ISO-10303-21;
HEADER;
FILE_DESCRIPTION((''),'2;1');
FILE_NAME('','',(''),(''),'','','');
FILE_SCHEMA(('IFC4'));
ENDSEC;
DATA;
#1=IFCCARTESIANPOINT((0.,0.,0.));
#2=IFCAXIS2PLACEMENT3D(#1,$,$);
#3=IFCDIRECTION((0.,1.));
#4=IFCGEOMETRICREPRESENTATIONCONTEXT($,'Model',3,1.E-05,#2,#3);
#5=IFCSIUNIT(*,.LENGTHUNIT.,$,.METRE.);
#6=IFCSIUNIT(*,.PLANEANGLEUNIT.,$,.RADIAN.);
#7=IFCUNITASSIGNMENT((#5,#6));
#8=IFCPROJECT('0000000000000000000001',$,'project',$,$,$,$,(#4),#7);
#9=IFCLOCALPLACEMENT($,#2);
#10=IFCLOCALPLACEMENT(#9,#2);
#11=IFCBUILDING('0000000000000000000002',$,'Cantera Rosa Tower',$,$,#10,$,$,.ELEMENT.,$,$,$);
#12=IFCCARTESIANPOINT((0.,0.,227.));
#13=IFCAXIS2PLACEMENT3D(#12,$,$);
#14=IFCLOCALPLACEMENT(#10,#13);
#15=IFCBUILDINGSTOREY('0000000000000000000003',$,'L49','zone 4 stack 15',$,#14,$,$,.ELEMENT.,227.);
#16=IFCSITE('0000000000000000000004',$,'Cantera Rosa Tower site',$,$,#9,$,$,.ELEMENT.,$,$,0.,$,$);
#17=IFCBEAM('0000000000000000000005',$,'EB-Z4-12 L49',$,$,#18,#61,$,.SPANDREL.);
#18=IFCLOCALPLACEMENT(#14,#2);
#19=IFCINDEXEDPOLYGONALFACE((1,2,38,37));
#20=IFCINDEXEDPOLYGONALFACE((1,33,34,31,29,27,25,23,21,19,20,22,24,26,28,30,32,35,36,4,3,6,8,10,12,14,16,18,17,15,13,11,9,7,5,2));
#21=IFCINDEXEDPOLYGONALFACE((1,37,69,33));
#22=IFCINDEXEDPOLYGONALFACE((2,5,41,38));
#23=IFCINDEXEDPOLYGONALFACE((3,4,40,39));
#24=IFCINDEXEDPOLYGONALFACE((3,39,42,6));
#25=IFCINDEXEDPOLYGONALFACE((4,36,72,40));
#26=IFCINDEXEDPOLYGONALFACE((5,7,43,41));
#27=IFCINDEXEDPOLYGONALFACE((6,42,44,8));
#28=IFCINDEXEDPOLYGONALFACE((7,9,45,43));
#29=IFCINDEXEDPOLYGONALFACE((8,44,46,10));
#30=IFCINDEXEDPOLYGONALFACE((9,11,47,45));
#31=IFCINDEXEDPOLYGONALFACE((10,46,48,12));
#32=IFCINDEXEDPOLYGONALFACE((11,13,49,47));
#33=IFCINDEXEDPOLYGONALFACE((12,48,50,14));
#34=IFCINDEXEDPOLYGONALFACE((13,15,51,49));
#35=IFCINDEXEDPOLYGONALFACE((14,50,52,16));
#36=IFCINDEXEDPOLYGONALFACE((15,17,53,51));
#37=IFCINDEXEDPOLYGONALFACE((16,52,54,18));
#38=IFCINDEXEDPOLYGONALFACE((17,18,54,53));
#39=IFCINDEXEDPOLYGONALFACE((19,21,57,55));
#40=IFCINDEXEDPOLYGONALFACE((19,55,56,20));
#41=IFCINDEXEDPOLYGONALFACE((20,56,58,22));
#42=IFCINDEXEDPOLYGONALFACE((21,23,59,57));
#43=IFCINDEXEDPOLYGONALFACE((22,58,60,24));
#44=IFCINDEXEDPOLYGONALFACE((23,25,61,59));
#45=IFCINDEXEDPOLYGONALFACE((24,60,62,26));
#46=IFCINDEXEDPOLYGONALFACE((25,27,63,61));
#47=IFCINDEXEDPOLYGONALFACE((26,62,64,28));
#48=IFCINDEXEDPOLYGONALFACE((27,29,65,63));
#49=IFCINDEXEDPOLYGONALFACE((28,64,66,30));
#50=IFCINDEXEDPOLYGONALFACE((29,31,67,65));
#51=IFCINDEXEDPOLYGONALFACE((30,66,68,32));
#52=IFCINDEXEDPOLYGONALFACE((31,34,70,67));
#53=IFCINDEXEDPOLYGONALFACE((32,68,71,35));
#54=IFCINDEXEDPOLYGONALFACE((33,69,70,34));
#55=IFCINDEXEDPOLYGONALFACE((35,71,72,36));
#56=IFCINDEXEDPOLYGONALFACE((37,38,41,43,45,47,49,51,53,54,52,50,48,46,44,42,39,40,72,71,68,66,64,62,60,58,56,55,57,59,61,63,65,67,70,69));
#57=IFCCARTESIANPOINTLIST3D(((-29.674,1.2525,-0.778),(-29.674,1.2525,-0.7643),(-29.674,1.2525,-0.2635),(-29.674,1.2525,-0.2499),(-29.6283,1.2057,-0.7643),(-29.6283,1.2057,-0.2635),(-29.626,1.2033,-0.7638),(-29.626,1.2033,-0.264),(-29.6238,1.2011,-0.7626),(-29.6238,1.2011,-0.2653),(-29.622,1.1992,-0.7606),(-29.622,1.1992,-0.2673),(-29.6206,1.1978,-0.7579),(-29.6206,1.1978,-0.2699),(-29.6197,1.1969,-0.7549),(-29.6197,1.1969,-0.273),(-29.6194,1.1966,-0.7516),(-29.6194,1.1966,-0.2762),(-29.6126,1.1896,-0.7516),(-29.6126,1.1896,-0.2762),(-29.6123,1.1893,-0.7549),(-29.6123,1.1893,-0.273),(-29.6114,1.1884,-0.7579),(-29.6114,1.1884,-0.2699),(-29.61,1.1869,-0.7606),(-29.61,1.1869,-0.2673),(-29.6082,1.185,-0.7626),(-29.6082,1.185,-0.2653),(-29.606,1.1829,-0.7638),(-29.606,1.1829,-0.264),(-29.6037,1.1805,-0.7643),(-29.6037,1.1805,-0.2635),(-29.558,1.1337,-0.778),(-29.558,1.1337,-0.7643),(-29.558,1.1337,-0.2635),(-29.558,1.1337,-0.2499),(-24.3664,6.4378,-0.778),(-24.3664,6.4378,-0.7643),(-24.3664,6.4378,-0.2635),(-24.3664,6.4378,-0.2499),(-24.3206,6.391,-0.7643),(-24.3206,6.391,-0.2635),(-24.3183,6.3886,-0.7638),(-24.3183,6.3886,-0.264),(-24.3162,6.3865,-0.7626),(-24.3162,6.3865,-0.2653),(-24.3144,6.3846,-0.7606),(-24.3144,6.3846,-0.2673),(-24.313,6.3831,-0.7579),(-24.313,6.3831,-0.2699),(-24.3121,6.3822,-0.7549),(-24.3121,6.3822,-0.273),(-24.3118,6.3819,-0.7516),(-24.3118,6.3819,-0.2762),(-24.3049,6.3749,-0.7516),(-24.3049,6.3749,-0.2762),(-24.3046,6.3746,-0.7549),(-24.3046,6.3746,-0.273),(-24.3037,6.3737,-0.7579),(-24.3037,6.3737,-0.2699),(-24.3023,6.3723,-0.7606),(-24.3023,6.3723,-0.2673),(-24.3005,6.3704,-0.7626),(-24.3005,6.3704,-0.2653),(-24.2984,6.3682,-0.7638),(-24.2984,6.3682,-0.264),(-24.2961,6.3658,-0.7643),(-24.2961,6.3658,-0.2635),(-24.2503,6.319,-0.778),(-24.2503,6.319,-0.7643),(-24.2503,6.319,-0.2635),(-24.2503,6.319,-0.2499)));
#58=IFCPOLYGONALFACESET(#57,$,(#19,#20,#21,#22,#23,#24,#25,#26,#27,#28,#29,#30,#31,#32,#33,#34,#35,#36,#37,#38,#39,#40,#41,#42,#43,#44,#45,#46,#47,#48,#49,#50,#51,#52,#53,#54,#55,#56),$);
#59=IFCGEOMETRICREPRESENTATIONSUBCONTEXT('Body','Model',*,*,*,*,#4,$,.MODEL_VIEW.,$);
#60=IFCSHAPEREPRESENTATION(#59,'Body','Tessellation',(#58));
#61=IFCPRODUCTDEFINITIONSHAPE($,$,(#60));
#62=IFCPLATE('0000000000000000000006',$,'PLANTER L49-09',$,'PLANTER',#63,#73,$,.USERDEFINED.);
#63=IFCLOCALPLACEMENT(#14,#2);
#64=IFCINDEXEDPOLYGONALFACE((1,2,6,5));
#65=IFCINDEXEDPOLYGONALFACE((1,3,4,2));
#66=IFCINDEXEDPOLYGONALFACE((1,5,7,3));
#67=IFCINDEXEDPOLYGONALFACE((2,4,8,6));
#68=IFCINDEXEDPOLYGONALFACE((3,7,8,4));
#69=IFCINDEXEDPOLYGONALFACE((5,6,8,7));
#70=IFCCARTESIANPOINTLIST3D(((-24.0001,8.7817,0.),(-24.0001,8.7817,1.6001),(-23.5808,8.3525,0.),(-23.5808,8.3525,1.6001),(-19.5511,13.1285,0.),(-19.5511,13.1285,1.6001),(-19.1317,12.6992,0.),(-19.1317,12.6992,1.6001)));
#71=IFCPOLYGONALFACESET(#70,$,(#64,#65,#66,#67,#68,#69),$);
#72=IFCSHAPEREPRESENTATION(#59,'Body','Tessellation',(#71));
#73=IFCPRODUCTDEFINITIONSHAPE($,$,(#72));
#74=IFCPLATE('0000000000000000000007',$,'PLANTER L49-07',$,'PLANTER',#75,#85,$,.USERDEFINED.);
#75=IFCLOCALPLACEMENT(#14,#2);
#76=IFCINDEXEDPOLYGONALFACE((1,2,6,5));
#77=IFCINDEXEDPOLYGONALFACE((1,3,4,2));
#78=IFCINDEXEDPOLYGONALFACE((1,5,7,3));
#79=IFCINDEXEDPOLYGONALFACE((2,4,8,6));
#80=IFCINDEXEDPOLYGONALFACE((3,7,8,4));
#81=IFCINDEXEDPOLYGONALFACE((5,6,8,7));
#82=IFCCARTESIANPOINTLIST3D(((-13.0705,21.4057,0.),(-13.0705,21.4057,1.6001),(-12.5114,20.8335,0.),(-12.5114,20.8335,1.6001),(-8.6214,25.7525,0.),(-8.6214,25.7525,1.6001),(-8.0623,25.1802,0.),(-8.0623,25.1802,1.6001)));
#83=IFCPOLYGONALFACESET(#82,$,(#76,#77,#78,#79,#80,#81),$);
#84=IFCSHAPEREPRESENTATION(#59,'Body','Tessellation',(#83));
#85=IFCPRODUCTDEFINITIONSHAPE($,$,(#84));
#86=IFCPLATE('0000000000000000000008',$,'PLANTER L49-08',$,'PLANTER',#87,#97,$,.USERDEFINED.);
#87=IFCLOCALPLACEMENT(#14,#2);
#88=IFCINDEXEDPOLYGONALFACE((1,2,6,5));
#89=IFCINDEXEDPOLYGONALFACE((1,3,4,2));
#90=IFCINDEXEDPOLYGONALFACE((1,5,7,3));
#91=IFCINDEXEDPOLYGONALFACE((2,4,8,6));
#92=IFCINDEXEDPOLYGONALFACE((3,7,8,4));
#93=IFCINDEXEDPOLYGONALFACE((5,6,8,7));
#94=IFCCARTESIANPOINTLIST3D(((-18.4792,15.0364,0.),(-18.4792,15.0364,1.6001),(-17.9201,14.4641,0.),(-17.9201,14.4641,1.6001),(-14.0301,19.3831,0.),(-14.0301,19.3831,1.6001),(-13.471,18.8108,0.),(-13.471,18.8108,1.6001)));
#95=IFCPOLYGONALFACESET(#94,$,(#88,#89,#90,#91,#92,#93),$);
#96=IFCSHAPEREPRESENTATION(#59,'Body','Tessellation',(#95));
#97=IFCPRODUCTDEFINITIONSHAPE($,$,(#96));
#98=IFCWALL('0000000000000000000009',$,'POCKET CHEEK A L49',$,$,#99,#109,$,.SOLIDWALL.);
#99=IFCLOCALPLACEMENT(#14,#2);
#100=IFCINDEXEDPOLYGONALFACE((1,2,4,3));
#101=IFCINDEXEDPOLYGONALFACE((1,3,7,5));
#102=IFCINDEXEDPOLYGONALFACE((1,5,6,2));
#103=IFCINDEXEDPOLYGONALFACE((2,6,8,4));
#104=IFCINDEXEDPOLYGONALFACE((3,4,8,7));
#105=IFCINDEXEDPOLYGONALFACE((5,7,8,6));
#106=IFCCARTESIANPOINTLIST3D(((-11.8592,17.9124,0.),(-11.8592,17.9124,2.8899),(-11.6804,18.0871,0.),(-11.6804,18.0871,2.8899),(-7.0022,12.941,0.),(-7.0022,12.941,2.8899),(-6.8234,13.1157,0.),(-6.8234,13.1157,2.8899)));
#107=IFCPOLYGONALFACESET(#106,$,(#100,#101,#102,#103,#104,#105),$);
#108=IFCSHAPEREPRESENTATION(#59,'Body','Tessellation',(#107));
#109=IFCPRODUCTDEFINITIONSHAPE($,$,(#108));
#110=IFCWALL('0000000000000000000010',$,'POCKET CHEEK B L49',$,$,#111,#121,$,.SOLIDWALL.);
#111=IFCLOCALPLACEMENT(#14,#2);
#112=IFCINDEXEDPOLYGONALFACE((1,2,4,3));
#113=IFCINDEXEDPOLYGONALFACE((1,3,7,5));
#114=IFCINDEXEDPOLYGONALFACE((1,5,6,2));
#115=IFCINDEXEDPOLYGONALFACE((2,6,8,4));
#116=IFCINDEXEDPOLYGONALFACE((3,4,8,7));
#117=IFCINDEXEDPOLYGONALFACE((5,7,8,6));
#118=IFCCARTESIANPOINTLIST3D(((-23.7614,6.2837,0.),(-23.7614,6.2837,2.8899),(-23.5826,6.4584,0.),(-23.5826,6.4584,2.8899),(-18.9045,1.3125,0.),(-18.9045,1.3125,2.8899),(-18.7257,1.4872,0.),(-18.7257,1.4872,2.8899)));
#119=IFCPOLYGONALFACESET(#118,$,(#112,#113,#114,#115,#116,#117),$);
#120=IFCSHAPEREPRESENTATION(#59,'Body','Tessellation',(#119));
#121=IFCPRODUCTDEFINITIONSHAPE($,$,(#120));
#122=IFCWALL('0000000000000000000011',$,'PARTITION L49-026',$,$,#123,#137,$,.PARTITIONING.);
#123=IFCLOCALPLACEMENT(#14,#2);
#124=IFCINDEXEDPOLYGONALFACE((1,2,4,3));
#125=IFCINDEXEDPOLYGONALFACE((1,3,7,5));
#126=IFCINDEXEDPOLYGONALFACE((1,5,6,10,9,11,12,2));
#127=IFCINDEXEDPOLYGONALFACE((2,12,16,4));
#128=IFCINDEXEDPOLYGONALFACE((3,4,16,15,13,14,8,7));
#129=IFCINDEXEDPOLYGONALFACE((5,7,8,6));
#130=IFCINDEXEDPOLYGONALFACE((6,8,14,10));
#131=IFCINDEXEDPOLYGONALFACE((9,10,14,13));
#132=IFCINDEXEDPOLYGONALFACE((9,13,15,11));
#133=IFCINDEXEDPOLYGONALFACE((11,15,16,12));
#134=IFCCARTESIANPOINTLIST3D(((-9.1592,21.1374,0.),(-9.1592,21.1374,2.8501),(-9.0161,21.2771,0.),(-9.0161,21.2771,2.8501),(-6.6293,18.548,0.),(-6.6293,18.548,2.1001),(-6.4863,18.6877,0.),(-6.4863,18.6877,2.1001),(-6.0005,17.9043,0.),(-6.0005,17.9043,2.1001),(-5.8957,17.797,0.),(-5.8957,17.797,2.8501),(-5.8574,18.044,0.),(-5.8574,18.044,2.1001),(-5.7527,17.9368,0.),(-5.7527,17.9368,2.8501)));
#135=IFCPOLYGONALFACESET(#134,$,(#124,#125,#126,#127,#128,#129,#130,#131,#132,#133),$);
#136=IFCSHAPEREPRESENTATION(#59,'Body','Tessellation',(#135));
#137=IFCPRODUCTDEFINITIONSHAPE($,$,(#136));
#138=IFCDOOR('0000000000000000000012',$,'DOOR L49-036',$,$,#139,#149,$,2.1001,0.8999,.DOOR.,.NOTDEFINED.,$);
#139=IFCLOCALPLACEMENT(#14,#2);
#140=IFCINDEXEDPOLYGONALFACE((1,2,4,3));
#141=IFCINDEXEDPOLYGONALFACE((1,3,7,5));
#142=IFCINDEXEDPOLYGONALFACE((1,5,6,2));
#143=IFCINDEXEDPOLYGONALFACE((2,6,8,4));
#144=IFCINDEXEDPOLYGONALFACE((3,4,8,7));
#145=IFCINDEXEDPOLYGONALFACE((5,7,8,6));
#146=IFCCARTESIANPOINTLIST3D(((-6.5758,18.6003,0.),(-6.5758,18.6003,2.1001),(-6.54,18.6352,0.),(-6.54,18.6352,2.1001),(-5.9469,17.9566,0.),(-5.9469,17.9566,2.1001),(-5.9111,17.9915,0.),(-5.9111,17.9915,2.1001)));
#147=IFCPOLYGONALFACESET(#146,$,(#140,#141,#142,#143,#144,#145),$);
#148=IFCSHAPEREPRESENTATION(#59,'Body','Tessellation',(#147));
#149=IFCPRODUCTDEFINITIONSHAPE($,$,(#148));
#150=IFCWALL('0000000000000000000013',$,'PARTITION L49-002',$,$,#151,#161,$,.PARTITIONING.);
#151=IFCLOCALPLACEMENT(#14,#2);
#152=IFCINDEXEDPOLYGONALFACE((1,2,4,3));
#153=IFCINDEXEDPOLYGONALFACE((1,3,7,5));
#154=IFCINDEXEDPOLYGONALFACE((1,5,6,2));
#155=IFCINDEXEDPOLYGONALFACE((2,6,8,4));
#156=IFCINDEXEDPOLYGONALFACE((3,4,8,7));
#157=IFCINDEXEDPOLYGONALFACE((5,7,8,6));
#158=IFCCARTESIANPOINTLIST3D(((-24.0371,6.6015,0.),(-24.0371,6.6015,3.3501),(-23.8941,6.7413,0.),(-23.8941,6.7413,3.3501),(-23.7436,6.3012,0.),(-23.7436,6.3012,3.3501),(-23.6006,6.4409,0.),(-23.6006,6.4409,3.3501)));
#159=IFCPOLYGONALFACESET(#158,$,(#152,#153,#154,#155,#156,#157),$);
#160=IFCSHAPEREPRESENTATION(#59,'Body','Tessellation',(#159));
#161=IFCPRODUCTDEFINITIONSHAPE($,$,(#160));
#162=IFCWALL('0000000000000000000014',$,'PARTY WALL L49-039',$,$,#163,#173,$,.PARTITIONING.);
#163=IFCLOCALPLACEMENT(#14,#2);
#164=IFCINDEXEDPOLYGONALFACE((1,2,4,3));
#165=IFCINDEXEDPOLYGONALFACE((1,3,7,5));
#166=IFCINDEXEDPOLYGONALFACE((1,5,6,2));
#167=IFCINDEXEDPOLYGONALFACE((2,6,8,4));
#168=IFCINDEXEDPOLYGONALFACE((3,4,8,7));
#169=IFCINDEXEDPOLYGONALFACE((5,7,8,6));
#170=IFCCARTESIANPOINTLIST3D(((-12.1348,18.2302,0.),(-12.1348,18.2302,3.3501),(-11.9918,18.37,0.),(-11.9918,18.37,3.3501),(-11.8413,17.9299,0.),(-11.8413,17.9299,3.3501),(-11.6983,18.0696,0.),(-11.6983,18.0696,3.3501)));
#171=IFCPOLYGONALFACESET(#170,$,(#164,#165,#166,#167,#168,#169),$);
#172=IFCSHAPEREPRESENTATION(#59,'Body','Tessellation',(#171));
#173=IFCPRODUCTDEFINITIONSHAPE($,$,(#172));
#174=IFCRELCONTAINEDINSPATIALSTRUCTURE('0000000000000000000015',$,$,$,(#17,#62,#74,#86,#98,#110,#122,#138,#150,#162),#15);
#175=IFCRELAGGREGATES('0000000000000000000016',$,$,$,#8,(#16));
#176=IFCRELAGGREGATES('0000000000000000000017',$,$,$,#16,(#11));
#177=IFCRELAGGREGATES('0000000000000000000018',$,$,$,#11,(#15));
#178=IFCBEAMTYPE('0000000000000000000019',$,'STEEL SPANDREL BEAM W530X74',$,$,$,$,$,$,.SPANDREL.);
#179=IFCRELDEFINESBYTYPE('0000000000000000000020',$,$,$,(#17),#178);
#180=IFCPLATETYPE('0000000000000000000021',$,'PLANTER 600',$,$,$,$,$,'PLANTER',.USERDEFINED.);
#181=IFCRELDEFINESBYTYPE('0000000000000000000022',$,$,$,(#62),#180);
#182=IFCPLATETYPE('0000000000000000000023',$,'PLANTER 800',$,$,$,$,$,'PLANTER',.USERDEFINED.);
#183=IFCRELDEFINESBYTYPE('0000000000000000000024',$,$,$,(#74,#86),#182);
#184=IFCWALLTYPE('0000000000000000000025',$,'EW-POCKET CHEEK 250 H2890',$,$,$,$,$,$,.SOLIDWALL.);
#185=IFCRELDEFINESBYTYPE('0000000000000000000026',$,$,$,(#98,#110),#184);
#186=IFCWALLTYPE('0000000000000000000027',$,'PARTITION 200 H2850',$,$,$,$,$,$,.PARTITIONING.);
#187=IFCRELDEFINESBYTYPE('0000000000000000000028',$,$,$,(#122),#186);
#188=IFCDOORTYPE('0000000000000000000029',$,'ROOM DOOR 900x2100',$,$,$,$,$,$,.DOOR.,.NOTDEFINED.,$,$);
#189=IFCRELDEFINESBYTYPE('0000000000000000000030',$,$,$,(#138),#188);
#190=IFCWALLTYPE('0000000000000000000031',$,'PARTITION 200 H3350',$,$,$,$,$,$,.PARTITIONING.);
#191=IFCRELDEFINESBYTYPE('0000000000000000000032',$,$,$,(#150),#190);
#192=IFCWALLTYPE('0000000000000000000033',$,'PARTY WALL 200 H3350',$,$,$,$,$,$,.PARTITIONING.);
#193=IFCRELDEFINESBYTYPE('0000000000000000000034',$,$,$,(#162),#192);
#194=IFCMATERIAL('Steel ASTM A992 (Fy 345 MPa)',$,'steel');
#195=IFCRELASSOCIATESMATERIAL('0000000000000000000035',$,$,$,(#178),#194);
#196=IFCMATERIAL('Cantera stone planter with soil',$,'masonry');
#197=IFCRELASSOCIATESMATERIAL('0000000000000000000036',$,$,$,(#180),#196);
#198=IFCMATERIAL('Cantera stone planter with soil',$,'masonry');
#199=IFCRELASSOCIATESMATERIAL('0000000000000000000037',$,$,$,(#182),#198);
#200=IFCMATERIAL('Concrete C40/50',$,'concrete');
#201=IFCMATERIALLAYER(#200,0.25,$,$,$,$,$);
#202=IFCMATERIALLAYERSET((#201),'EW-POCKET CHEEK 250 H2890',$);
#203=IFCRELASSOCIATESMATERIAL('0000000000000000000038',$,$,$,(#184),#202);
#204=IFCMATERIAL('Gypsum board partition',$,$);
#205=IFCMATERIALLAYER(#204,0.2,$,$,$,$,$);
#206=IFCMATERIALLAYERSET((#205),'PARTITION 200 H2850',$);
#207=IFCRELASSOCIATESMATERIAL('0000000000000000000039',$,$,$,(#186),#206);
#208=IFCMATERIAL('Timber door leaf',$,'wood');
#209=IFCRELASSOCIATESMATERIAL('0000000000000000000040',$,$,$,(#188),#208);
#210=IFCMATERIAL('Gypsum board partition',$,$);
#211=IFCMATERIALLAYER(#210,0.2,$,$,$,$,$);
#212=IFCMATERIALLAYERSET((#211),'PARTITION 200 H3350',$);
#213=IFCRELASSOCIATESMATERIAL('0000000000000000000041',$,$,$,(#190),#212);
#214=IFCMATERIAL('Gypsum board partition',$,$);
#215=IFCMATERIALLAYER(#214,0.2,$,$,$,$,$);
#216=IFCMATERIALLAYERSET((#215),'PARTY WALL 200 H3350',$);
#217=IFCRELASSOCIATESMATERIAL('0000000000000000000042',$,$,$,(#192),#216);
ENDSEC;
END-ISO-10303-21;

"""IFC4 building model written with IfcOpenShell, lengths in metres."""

from ifc_helpers import new_model, si_unit, direction, frame, frame_2d, origin, origin_2d, place, context, subcontext, project, spatial, rectangle, i_section, extrude, material, layer, layer_set, material_profile, profile_set, type_object, element, fill, save


model = new_model("IFC4")

# Units and contexts
model_context = context("Model", 3, precision=1e-05, world=origin(), true_north=direction((0.0, 1.0)))
body_context = subcontext(model_context, "Body", "Model", "MODEL_VIEW")
ifc_project = project(units=[si_unit("LENGTHUNIT", "METRE"), si_unit("PLANEANGLEUNIT", "RADIAN")], contexts=[model_context])

# Site, building, storey
site_placement = place(None, origin())
site = spatial("IfcSite", under=ifc_project, at=site_placement, Name="Cantera Rosa Tower site", CompositionType="ELEMENT", RefElevation=0.0)
building_placement = place(site_placement, origin())
building = spatial("IfcBuilding", under=site, at=building_placement, Name="Cantera Rosa Tower", CompositionType="ELEMENT")
storey_placement = place(building_placement, frame((0.0, 0.0, 227.0)))
storey = spatial("IfcBuildingStorey", under=building, at=storey_placement, Name="L49", Description="zone 4 stack 15", CompositionType="ELEMENT", Elevation=227.0)

# Beam
ifc_material_1 = material(Name="Steel ASTM A992 (Fy 345 MPa)", Category="steel")
ifc_material_profile_1 = material_profile(ifc_material_1, i_section(OverallWidth=0.166, OverallDepth=0.5281, WebThickness=0.0098, FlangeThickness=0.0137, FilletRadius=0.0127, at=origin_2d()), Name="W530X74")
ifc_profile_set_1 = profile_set([ifc_material_profile_1], Name="Steel ASTM A992 (Fy 345 MPa)")
beam_type_1 = type_object("IfcBeamType", Name="STEEL SPANDREL BEAM W530X74", PredefinedType="SPANDREL", material=ifc_profile_set_1)
for number, where, z_axis, x_axis, name in (
    (1, (-24.3083, 6.3784, -0.5139), (-0.715301, -0.698817, 0.0), (0.698817, -0.715301, 0.0), "EB-Z4-12 L49"),
):
    element("IfcBeam", number, at=place(storey_placement, frame(where, z_axis=z_axis, x_axis=x_axis)), inside=storey, type_object=beam_type_1, Name=name, PredefinedType="SPANDREL", context=body_context, shape_type="SweptSolid", body=[
        extrude(i_section(OverallWidth=0.166, OverallDepth=0.5281, WebThickness=0.0098, FlangeThickness=0.0137, FilletRadius=0.0127, at=origin_2d()), origin(), (0.0, 0.0, 1.0), 7.4202),
    ])

# Plates
ifc_material_2 = material(Name="Cantera stone planter with soil", Category="masonry")
plate_type_1 = type_object("IfcPlateType", Name="PLANTER 600", ElementType="PLANTER", PredefinedType="USERDEFINED", material=ifc_material_2)
plate_placement = place(storey_placement, frame((-21.5659, 10.7405, 0.0), z_axis=(0.0, 0.0, 1.0), x_axis=(-0.715286, -0.698832, 0.0)))
element("IfcPlate", 2, at=plate_placement, inside=storey, type_object=plate_type_1, Name="PLANTER L49-09", ObjectType="PLANTER", PredefinedType="USERDEFINED", context=body_context, shape_type="SweptSolid", body=[
    extrude(rectangle(XDim=6.22, YDim=0.6001, at=origin_2d()), origin(), (0.0, 0.0, 1.0), 1.6001),
])
ifc_material_3 = material(Name="Cantera stone planter with soil", Category="masonry")
plate_type_2 = type_object("IfcPlateType", Name="PLANTER 800", ElementType="PLANTER", PredefinedType="USERDEFINED", material=ifc_material_3)
for number, where, z_axis, x_axis, name in (
    (3, (-10.5664, 23.293, 0.0), (0.0, 0.0, 1.0), (-0.715286, -0.698832, 0.0), "PLANTER L49-07"),
    (4, (-15.9751, 16.9236, 0.0), (0.0, 0.0, 1.0), (-0.715286, -0.698832, 0.0), "PLANTER L49-08"),
):
    element("IfcPlate", number, at=place(storey_placement, frame(where, z_axis=z_axis, x_axis=x_axis)), inside=storey, type_object=plate_type_2, Name=name, ObjectType="PLANTER", PredefinedType="USERDEFINED", context=body_context, shape_type="SweptSolid", body=[
        extrude(rectangle(XDim=6.22, YDim=0.8, at=origin_2d()), origin(), (0.0, 0.0, 1.0), 1.6001),
    ])

# Walls
ifc_material_4 = material(Name="Concrete C40/50", Category="concrete")
ifc_layer_1 = layer(ifc_material_4, 0.25)
ifc_layer_set_1 = layer_set([ifc_layer_1], Name="EW-POCKET CHEEK 250 H2890")
wall_type_1 = type_object("IfcWallType", Name="EW-POCKET CHEEK 250 H2890", PredefinedType="SOLIDWALL", material=ifc_layer_set_1)
wall_1_placement = place(storey_placement, frame((-11.7698, 17.9998, 0.0), z_axis=(0.0, 0.0, 1.0), x_axis=(0.698821, -0.715296, 0.0)))
element("IfcWall", 5, at=wall_1_placement, inside=storey, type_object=wall_type_1, Name="POCKET CHEEK A L49", PredefinedType="SOLIDWALL", context=body_context, shape_type="SweptSolid", body=[
    extrude(rectangle(XDim=6.9502, YDim=0.25, at=frame_2d((3.4751, 0.0))), origin(), (0.0, 0.0, 1.0), 2.8899),
])
wall_2_placement = place(storey_placement, frame((-23.6721, 6.3711, 0.0), z_axis=(0.0, 0.0, 1.0), x_axis=(0.698839, -0.715279, 0.0)))
element("IfcWall", 6, at=wall_2_placement, inside=storey, type_object=wall_type_1, Name="POCKET CHEEK B L49", PredefinedType="SOLIDWALL", context=body_context, shape_type="SweptSolid", body=[
    extrude(rectangle(XDim=6.95, YDim=0.25, at=frame_2d((3.4751, 0.0))), origin(), (0.0, 0.0, 1.0), 2.8899),
])

# Wall, opening, door
ifc_material_5 = material(Name="Gypsum board partition")
ifc_layer_2 = layer(ifc_material_5, 0.2)
ifc_layer_set_2 = layer_set([ifc_layer_2], Name="PARTITION 200 H2850")
wall_type_2 = type_object("IfcWallType", Name="PARTITION 200 H2850", PredefinedType="PARTITIONING", material=ifc_layer_set_2)
wall_3_placement = place(storey_placement, frame((-9.0876, 21.2073, 0.0), z_axis=(0.0, 0.0, 1.0), x_axis=(0.698825, -0.715293, 0.0)))
wall_3 = element("IfcWall", 7, at=wall_3_placement, inside=storey, type_object=wall_type_2, Name="PARTITION L49-026", PredefinedType="PARTITIONING", context=body_context, shape_type="SweptSolid", body=[
    extrude(rectangle(XDim=4.6699, YDim=0.2, at=frame_2d((2.335, 0.0))), origin(), (0.0, 0.0, 1.0), 2.8501),
])
opening_1_placement = place(wall_3_placement, frame((3.6201, 0.0, 0.0)))
opening_1 = element("IfcOpeningElement", 8, at=opening_1_placement, cuts=wall_3, PredefinedType="OPENING", context=body_context, shape_type="SweptSolid", body=[
    extrude(rectangle(XDim=0.8999, YDim=2.1001, at=frame_2d((0.45, 1.05))), frame((0.0, 0.1099, 0.0), z_axis=(0.0, -1.0, 0.0), x_axis=(1.0, 0.0, 0.0)), (0.0, 0.0, 1.0), 0.22),
])
ifc_material_6 = material(Name="Timber door leaf", Category="wood")
door_type_1 = type_object("IfcDoorType", Name="ROOM DOOR 900x2100", OperationType="NOTDEFINED", PredefinedType="DOOR", material=ifc_material_6)
door_1_placement = place(opening_1_placement, origin())
door_1 = element("IfcDoor", 9, at=door_1_placement, inside=storey, type_object=door_type_1, Name="DOOR L49-036", OperationType="NOTDEFINED", OverallHeight=2.1001, OverallWidth=0.8999, PredefinedType="DOOR", context=body_context, shape_type="SweptSolid", body=[
    extrude(rectangle(XDim=0.8999, YDim=2.1001, at=frame_2d((0.45, 1.05))), frame((0.0, 0.0249, 0.0), z_axis=(0.0, -1.0, 0.0), x_axis=(1.0, 0.0, 0.0)), (0.0, 0.0, 1.0), 0.05),
])
fill(opening_1, door_1)

# Walls
ifc_material_7 = material(Name="Gypsum board partition")
ifc_layer_3 = layer(ifc_material_7, 0.2)
ifc_layer_set_3 = layer_set([ifc_layer_3], Name="PARTITION 200 H3350")
wall_type_3 = type_object("IfcWallType", Name="PARTITION 200 H3350", PredefinedType="PARTITIONING", material=ifc_layer_set_3)
wall_4_placement = place(storey_placement, frame((-23.9656, 6.6714, 0.0), z_axis=(0.0, 0.0, 1.0), x_axis=(0.698919, -0.7152, 0.0)))
element("IfcWall", 10, at=wall_4_placement, inside=storey, type_object=wall_type_3, Name="PARTITION L49-002", PredefinedType="PARTITIONING", context=body_context, shape_type="SweptSolid", body=[
    extrude(rectangle(XDim=0.4199, YDim=0.2, at=frame_2d((0.21, 0.0))), origin(), (0.0, 0.0, 1.0), 3.3501),
])
ifc_material_8 = material(Name="Gypsum board partition")
ifc_layer_4 = layer(ifc_material_8, 0.2)
ifc_layer_set_4 = layer_set([ifc_layer_4], Name="PARTY WALL 200 H3350")
wall_type_4 = type_object("IfcWallType", Name="PARTY WALL 200 H3350", PredefinedType="PARTITIONING", material=ifc_layer_set_4)
wall_5_placement = place(storey_placement, frame((-11.7698, 17.9998, 0.0), z_axis=(0.0, 0.0, 1.0), x_axis=(-0.698919, 0.7152, 0.0)))
element("IfcWall", 11, at=wall_5_placement, inside=storey, type_object=wall_type_4, Name="PARTY WALL L49-039", PredefinedType="PARTITIONING", context=body_context, shape_type="SweptSolid", body=[
    extrude(rectangle(XDim=0.4199, YDim=0.2, at=frame_2d((0.21, 0.0))), origin(), (0.0, 0.0, 1.0), 3.3501),
])

save(model, "model.ifc")
